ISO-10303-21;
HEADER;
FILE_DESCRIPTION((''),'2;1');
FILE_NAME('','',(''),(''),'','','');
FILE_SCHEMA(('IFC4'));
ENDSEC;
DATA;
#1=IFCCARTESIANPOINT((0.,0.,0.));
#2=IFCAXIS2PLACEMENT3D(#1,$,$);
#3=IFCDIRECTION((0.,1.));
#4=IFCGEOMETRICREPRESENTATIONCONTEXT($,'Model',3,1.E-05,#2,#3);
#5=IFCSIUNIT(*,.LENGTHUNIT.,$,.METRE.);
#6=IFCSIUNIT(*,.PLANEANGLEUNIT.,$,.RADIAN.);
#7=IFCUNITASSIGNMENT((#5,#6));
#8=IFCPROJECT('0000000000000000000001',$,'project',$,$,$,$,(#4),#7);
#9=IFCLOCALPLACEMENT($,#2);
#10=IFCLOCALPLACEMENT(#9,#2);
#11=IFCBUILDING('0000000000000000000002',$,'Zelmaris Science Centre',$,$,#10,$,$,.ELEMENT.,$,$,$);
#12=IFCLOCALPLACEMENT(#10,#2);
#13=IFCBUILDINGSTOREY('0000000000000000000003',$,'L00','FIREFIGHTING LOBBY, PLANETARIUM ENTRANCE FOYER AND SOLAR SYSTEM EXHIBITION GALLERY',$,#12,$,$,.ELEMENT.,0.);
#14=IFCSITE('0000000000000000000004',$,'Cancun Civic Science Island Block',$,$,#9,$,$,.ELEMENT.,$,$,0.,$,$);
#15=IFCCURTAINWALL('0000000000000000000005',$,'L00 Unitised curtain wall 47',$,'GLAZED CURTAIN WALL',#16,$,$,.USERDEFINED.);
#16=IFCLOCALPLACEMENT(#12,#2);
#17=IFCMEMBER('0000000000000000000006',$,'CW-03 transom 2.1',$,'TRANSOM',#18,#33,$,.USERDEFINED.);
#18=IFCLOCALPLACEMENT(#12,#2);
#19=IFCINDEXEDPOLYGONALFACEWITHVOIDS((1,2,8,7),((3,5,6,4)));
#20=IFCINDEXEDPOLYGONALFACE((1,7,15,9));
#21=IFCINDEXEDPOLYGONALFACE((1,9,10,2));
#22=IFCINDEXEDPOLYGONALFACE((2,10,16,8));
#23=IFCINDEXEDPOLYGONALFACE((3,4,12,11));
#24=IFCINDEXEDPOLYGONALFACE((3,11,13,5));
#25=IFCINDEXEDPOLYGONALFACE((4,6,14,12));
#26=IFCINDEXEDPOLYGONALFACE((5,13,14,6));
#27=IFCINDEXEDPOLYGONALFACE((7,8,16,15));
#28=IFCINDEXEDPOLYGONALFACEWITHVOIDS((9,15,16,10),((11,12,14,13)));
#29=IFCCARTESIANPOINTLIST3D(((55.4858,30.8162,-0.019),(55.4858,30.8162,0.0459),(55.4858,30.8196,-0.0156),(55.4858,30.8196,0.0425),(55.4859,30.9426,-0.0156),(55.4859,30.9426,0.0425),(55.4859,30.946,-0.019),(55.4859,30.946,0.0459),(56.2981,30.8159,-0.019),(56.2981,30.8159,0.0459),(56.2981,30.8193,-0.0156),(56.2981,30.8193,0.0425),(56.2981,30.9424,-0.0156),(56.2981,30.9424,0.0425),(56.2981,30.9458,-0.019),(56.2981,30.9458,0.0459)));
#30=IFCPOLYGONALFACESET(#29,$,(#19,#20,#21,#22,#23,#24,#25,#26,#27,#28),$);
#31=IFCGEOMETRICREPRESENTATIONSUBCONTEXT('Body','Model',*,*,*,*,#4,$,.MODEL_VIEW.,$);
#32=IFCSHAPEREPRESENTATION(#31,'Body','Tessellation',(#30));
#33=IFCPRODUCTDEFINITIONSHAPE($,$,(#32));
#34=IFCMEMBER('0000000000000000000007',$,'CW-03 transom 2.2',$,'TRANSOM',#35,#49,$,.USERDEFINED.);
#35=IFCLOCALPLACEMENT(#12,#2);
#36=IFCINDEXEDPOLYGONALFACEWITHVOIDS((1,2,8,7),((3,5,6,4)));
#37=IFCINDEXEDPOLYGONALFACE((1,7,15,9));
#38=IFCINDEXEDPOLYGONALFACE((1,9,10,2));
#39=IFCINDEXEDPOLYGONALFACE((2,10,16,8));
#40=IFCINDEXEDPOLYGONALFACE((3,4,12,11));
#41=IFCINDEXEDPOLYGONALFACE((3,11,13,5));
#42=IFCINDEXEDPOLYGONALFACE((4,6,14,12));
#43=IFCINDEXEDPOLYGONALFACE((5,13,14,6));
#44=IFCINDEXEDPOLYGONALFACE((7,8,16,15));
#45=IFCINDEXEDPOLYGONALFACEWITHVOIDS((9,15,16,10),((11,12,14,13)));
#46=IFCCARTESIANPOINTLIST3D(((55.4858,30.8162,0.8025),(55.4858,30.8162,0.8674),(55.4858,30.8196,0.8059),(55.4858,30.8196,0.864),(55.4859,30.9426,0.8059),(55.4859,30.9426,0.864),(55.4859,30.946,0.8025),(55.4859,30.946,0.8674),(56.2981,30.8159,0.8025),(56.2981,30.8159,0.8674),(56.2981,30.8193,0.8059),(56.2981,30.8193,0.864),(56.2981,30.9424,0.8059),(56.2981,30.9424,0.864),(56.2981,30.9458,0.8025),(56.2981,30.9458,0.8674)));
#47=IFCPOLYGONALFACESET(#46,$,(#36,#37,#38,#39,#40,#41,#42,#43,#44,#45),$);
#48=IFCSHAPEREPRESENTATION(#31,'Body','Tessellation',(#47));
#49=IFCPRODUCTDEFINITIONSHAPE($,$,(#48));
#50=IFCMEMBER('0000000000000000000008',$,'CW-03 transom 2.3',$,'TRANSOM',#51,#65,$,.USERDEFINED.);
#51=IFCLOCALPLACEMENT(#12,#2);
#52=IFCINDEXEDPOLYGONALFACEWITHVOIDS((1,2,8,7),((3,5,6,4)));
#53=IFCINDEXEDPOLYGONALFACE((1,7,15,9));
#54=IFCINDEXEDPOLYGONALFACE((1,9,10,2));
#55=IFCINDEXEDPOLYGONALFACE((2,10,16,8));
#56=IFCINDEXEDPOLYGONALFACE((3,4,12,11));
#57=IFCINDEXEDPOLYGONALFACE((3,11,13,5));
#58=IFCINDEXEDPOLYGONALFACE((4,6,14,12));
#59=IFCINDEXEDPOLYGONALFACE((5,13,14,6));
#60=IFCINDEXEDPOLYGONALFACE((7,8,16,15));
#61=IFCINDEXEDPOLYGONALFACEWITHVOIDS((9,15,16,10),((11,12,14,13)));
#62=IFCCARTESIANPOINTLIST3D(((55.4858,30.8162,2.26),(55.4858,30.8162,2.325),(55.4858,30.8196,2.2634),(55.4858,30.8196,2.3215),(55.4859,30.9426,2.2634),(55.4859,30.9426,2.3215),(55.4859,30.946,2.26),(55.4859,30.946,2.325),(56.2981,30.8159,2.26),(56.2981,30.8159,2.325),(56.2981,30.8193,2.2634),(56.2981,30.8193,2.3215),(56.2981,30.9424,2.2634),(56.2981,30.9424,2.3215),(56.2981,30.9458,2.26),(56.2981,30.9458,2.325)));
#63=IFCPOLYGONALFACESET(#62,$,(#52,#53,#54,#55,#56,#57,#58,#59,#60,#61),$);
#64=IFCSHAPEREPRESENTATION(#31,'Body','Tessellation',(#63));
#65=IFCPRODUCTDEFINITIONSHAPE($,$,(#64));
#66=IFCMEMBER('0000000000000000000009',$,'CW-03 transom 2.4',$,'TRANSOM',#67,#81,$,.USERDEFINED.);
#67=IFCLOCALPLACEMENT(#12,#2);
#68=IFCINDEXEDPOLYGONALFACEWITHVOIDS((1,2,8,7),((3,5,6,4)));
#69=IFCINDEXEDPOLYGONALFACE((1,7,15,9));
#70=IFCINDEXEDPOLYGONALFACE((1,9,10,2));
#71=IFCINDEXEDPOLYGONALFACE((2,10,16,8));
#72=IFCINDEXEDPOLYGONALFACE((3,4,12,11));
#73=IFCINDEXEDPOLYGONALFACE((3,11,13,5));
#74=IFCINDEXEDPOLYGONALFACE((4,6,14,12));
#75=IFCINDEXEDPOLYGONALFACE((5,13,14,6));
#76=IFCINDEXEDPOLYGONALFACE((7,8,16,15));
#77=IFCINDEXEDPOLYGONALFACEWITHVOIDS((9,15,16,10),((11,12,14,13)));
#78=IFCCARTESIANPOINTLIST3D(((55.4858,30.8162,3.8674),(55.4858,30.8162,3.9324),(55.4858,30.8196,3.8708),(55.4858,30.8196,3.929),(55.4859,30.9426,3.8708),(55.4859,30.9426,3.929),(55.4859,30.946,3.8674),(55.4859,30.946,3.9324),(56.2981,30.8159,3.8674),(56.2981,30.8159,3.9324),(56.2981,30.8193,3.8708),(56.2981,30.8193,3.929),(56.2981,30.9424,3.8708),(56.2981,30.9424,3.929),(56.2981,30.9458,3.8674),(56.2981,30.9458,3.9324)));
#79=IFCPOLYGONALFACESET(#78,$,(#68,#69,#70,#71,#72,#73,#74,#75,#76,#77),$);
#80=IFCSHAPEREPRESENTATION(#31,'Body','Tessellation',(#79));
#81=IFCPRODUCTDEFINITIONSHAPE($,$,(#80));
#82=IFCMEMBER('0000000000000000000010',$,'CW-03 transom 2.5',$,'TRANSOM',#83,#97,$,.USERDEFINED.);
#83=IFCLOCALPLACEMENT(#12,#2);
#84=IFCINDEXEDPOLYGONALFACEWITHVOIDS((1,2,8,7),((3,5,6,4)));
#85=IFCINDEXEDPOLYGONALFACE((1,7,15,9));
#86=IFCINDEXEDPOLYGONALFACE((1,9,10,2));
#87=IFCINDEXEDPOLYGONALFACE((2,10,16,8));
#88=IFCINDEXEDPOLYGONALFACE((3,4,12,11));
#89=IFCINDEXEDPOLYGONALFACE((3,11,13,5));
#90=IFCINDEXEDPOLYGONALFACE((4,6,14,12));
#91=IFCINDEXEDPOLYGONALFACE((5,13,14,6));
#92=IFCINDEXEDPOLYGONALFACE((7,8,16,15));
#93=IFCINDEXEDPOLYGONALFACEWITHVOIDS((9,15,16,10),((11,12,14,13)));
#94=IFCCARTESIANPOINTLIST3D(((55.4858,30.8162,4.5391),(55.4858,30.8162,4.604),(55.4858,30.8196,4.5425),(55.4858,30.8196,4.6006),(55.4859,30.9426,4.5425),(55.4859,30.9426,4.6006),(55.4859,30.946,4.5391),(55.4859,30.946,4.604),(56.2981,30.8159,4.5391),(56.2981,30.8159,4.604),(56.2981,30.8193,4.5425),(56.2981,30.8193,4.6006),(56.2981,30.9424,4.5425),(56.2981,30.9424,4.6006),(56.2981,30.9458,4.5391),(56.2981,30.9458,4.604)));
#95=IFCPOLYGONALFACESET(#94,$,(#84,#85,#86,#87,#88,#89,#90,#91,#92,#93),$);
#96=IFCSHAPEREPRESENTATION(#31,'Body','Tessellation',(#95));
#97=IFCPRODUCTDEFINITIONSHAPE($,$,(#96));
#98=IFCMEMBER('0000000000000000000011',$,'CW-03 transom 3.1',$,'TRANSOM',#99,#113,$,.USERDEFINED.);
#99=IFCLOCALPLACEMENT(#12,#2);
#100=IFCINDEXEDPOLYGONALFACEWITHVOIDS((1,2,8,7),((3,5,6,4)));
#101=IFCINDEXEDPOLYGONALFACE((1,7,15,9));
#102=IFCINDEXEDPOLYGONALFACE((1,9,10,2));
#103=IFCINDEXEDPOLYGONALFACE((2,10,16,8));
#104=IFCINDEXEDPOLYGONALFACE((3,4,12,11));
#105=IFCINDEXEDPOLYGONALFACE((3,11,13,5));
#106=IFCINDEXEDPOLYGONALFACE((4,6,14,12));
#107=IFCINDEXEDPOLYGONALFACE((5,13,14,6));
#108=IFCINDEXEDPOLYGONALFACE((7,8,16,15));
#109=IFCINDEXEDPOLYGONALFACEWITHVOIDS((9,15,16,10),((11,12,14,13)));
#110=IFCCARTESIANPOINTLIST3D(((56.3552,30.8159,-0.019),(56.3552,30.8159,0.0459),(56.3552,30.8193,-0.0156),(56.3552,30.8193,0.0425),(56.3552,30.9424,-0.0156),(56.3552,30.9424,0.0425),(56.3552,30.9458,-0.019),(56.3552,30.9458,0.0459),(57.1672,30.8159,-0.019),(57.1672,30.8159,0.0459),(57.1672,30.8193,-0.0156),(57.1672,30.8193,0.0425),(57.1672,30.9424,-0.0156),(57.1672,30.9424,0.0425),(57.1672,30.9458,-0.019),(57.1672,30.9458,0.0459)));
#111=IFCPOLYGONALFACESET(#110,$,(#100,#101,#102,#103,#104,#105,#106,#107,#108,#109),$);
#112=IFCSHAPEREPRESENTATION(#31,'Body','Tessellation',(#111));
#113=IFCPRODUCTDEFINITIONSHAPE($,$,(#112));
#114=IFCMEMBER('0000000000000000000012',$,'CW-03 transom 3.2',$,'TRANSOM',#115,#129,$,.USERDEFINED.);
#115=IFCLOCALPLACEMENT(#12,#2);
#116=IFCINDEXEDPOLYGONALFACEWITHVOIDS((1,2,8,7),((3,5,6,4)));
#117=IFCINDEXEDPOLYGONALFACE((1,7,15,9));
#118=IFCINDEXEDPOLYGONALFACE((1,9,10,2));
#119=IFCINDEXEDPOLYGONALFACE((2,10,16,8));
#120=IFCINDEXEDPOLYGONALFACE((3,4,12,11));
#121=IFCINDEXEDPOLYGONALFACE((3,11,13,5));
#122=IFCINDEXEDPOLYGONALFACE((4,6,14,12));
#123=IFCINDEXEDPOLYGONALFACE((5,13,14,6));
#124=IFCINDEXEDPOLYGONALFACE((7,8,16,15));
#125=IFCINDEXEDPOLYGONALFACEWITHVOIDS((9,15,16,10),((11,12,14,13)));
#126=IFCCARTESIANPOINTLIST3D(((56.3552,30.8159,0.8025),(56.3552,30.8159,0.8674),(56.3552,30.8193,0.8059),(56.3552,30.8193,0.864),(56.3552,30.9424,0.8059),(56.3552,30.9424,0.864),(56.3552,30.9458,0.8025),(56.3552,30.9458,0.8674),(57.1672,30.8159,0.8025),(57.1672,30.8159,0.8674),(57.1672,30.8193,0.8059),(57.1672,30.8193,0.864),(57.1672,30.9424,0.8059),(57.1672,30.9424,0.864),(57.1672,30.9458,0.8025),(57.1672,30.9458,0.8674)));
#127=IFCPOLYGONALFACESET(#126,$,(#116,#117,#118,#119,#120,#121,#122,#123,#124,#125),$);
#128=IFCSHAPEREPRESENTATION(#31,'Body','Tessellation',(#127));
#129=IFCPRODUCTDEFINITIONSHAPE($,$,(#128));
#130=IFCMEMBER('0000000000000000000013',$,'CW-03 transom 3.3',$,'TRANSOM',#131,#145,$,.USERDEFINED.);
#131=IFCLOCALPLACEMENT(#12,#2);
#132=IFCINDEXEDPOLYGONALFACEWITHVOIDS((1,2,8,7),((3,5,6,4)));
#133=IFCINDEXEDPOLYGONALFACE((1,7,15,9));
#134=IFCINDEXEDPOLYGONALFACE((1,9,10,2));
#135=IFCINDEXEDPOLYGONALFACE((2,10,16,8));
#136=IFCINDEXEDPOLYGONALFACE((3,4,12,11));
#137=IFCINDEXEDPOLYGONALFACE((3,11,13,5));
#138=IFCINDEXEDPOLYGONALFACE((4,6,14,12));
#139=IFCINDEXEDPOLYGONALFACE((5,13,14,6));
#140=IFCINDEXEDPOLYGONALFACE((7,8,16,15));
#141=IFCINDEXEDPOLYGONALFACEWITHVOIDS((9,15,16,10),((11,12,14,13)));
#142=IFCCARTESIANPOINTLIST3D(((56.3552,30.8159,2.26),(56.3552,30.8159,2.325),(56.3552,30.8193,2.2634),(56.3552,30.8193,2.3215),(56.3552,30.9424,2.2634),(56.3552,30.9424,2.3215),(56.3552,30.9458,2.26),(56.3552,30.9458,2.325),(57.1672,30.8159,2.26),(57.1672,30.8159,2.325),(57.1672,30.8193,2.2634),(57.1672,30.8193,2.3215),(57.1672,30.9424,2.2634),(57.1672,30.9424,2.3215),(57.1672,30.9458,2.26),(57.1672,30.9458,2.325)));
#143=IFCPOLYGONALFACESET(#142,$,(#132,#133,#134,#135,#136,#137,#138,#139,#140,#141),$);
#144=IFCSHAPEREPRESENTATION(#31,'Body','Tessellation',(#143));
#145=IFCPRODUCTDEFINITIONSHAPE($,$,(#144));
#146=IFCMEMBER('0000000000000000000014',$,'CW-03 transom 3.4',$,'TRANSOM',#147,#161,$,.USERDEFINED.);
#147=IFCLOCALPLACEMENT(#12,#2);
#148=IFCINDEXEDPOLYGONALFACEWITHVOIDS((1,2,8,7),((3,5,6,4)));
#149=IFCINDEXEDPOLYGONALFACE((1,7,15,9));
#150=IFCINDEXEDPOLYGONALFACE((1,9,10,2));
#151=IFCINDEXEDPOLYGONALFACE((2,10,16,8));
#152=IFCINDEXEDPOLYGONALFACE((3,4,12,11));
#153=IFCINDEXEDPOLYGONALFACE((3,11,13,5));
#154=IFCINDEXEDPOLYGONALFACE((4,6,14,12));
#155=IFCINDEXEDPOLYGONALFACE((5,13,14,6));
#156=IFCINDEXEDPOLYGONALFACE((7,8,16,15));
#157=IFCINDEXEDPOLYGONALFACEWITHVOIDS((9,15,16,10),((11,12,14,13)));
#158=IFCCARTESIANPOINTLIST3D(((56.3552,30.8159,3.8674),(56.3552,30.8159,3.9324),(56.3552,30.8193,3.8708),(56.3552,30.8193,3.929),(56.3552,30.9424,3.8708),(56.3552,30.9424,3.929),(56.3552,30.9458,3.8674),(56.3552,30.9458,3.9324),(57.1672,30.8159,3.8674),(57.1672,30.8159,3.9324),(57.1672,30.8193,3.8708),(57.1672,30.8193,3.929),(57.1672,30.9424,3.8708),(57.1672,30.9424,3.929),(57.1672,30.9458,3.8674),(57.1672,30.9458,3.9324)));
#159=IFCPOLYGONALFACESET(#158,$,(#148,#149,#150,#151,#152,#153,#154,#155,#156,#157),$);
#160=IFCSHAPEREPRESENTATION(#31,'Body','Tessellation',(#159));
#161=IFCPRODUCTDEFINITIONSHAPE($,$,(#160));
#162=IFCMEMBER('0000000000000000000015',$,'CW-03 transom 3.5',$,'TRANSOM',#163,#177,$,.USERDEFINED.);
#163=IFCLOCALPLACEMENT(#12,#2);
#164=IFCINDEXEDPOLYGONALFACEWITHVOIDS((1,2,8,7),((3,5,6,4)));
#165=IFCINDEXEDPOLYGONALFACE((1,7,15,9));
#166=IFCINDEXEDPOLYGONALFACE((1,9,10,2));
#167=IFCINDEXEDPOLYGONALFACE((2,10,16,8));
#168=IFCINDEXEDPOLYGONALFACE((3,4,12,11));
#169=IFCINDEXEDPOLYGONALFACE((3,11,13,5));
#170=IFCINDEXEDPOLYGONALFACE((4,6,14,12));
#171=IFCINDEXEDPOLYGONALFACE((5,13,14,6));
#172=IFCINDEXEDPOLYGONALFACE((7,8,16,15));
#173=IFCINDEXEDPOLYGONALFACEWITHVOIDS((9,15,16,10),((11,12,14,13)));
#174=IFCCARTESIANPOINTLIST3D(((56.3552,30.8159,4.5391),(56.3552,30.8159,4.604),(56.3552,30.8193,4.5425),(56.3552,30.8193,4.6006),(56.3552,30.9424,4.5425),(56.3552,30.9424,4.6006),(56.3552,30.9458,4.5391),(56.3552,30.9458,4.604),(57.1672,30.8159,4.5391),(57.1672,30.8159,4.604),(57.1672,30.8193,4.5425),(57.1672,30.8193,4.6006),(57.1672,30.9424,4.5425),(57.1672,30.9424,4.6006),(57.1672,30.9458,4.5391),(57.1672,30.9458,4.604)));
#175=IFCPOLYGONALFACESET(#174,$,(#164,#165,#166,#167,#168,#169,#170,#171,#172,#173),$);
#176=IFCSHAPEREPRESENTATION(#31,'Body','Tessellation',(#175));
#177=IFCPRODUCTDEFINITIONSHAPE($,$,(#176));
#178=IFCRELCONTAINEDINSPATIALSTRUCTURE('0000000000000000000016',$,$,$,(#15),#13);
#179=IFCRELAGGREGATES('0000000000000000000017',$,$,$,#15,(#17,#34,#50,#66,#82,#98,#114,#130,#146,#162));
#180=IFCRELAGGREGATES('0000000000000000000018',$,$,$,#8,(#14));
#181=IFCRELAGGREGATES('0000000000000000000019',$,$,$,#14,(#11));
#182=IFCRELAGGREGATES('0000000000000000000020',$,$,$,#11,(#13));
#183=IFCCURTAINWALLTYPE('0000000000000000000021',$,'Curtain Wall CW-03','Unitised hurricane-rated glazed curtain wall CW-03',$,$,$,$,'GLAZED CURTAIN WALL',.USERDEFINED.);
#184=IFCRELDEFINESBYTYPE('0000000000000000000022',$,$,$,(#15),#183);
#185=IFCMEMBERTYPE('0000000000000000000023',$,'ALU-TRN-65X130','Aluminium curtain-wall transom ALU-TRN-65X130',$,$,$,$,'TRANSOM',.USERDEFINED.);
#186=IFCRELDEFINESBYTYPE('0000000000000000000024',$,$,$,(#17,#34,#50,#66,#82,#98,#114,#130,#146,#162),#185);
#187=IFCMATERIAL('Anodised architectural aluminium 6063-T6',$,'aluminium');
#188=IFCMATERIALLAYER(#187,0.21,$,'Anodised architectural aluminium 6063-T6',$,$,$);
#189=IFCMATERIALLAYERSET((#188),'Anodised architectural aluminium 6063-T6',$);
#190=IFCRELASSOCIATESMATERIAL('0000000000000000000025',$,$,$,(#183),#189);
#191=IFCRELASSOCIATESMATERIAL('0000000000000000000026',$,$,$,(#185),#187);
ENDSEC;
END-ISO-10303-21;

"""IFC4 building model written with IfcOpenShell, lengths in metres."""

from ifc_helpers import new_model, si_unit, direction, frame, origin, origin_2d, place, context, subcontext, project, spatial, hollow_rectangle, extrude, material, layer, layer_set, material_profile, profile_set, type_object, element, aggregate, save


model = new_model("IFC4")

# Units and contexts
model_context = context("Model", 3, precision=1e-05, world=origin(), true_north=direction((0.0, 1.0)))
body_context = subcontext(model_context, "Body", "Model", "MODEL_VIEW")
ifc_project = project(units=[si_unit("LENGTHUNIT", "METRE"), si_unit("PLANEANGLEUNIT", "RADIAN")], contexts=[model_context])

# Site, building, storey
site_placement = place(None, origin())
site = spatial("IfcSite", under=ifc_project, at=site_placement, Name="Cancun Civic Science Island Block", CompositionType="ELEMENT", RefElevation=0.0)
building_placement = place(site_placement, origin())
building = spatial("IfcBuilding", under=site, at=building_placement, Name="Zelmaris Science Centre", CompositionType="ELEMENT")
storey_placement = place(building_placement, origin())
storey = spatial("IfcBuildingStorey", under=building, at=storey_placement, Name="L00", Description="FIREFIGHTING LOBBY, PLANETARIUM ENTRANCE FOYER AND SOLAR SYSTEM EXHIBITION GALLERY", CompositionType="ELEMENT", Elevation=0.0)

# Curtain wall, members
ifc_material_1 = material(Name="Anodised architectural aluminium 6063-T6", Category="aluminium")
ifc_layer_1 = layer(ifc_material_1, 0.21, Name="Anodised architectural aluminium 6063-T6")
ifc_layer_set_1 = layer_set([ifc_layer_1], Name="Anodised architectural aluminium 6063-T6")
curtain_wall_type = type_object("IfcCurtainWallType", Name="Curtain Wall CW-03", Description="Unitised hurricane-rated glazed curtain wall CW-03", ElementType="GLAZED CURTAIN WALL", PredefinedType="USERDEFINED", material=ifc_layer_set_1)
curtain_wall_placement = place(storey_placement, origin())
curtain_wall = element("IfcCurtainWall", 1, at=curtain_wall_placement, inside=storey, type_object=curtain_wall_type, Name="L00 Unitised curtain wall 47", ObjectType="GLAZED CURTAIN WALL", PredefinedType="USERDEFINED")
ifc_material_profile_1 = material_profile(ifc_material_1, hollow_rectangle(XDim=0.0649, YDim=0.1299, WallThickness=0.0034, at=origin_2d()), Name="ALU-TRN-65X130")
ifc_profile_set_1 = profile_set([ifc_material_profile_1], Name="Anodised architectural aluminium 6063-T6")
member_type_1 = type_object("IfcMemberType", Name="ALU-TRN-65X130", Description="Aluminium curtain-wall transom ALU-TRN-65X130", ElementType="TRANSOM", PredefinedType="USERDEFINED", material=ifc_profile_set_1)
member_1_placement = place(storey_placement, frame((55.4858, 30.8811, 0.0134), z_axis=(1.0, -0.000301, 0.0), x_axis=(0.0, 0.0, 1.0)))
member_1 = element("IfcMember", 2, at=member_1_placement, type_object=member_type_1, Name="CW-03 transom 2.1", ObjectType="TRANSOM", PredefinedType="USERDEFINED", context=body_context, shape_type="SweptSolid", body=[
    extrude(hollow_rectangle(XDim=0.0649, YDim=0.1299, WallThickness=0.0034, at=origin_2d()), origin(), (0.0, 0.0, 1.0), 0.8123),
])
member_2_placement = place(storey_placement, frame((55.4858, 30.8811, 0.835), z_axis=(1.0, -0.000301, 0.0), x_axis=(0.0, 0.0, 1.0)))
member_2 = element("IfcMember", 3, at=member_2_placement, type_object=member_type_1, Name="CW-03 transom 2.2", ObjectType="TRANSOM", PredefinedType="USERDEFINED", context=body_context, shape_type="SweptSolid", body=[
    extrude(hollow_rectangle(XDim=0.0649, YDim=0.1299, WallThickness=0.0034, at=origin_2d()), origin(), (0.0, 0.0, 1.0), 0.8123),
])
member_3_placement = place(storey_placement, frame((55.4858, 30.8811, 2.2925), z_axis=(1.0, -0.000301, 0.0), x_axis=(0.0, 0.0, 1.0)))
member_3 = element("IfcMember", 4, at=member_3_placement, type_object=member_type_1, Name="CW-03 transom 2.3", ObjectType="TRANSOM", PredefinedType="USERDEFINED", context=body_context, shape_type="SweptSolid", body=[
    extrude(hollow_rectangle(XDim=0.0649, YDim=0.1299, WallThickness=0.0034, at=origin_2d()), origin(), (0.0, 0.0, 1.0), 0.8123),
])
member_4_placement = place(storey_placement, frame((55.4858, 30.8811, 3.8999), z_axis=(1.0, -0.000301, 0.0), x_axis=(0.0, 0.0, 1.0)))
member_4 = element("IfcMember", 5, at=member_4_placement, type_object=member_type_1, Name="CW-03 transom 2.4", ObjectType="TRANSOM", PredefinedType="USERDEFINED", context=body_context, shape_type="SweptSolid", body=[
    extrude(hollow_rectangle(XDim=0.0649, YDim=0.1299, WallThickness=0.0034, at=origin_2d()), origin(), (0.0, 0.0, 1.0), 0.8123),
])
member_5_placement = place(storey_placement, frame((55.4858, 30.8811, 4.5715), z_axis=(1.0, -0.000301, 0.0), x_axis=(0.0, 0.0, 1.0)))
member_5 = element("IfcMember", 6, at=member_5_placement, type_object=member_type_1, Name="CW-03 transom 2.5", ObjectType="TRANSOM", PredefinedType="USERDEFINED", context=body_context, shape_type="SweptSolid", body=[
    extrude(hollow_rectangle(XDim=0.0649, YDim=0.1299, WallThickness=0.0034, at=origin_2d()), origin(), (0.0, 0.0, 1.0), 0.8123),
])
member_6_placement = place(storey_placement, frame((56.3552, 30.8809, 0.0134), z_axis=(1.0, 0.0, 0.0), x_axis=(0.0, 0.0, 1.0)))
member_6 = element("IfcMember", 7, at=member_6_placement, type_object=member_type_1, Name="CW-03 transom 3.1", ObjectType="TRANSOM", PredefinedType="USERDEFINED", context=body_context, shape_type="SweptSolid", body=[
    extrude(hollow_rectangle(XDim=0.0649, YDim=0.1299, WallThickness=0.0034, at=origin_2d()), origin(), (0.0, 0.0, 1.0), 0.812),
])
member_7_placement = place(storey_placement, frame((56.3552, 30.8809, 0.835), z_axis=(1.0, 0.0, 0.0), x_axis=(0.0, 0.0, 1.0)))
member_7 = element("IfcMember", 8, at=member_7_placement, type_object=member_type_1, Name="CW-03 transom 3.2", ObjectType="TRANSOM", PredefinedType="USERDEFINED", context=body_context, shape_type="SweptSolid", body=[
    extrude(hollow_rectangle(XDim=0.0649, YDim=0.1299, WallThickness=0.0034, at=origin_2d()), origin(), (0.0, 0.0, 1.0), 0.812),
])
member_8_placement = place(storey_placement, frame((56.3552, 30.8809, 2.2925), z_axis=(1.0, 0.0, 0.0), x_axis=(0.0, 0.0, 1.0)))
member_8 = element("IfcMember", 9, at=member_8_placement, type_object=member_type_1, Name="CW-03 transom 3.3", ObjectType="TRANSOM", PredefinedType="USERDEFINED", context=body_context, shape_type="SweptSolid", body=[
    extrude(hollow_rectangle(XDim=0.0649, YDim=0.1299, WallThickness=0.0034, at=origin_2d()), origin(), (0.0, 0.0, 1.0), 0.812),
])
member_9_placement = place(storey_placement, frame((56.3552, 30.8809, 3.8999), z_axis=(1.0, 0.0, 0.0), x_axis=(0.0, 0.0, 1.0)))
member_9 = element("IfcMember", 10, at=member_9_placement, type_object=member_type_1, Name="CW-03 transom 3.4", ObjectType="TRANSOM", PredefinedType="USERDEFINED", context=body_context, shape_type="SweptSolid", body=[
    extrude(hollow_rectangle(XDim=0.0649, YDim=0.1299, WallThickness=0.0034, at=origin_2d()), origin(), (0.0, 0.0, 1.0), 0.812),
])
member_10_placement = place(storey_placement, frame((56.3552, 30.8809, 4.5715), z_axis=(1.0, 0.0, 0.0), x_axis=(0.0, 0.0, 1.0)))
member_10 = element("IfcMember", 11, at=member_10_placement, type_object=member_type_1, Name="CW-03 transom 3.5", ObjectType="TRANSOM", PredefinedType="USERDEFINED", context=body_context, shape_type="SweptSolid", body=[
    extrude(hollow_rectangle(XDim=0.0649, YDim=0.1299, WallThickness=0.0034, at=origin_2d()), origin(), (0.0, 0.0, 1.0), 0.812),
])

aggregate(curtain_wall, [member_1, member_2, member_3, member_4, member_5, member_6, member_7, member_8, member_9, member_10])

save(model, "model.ifc")
